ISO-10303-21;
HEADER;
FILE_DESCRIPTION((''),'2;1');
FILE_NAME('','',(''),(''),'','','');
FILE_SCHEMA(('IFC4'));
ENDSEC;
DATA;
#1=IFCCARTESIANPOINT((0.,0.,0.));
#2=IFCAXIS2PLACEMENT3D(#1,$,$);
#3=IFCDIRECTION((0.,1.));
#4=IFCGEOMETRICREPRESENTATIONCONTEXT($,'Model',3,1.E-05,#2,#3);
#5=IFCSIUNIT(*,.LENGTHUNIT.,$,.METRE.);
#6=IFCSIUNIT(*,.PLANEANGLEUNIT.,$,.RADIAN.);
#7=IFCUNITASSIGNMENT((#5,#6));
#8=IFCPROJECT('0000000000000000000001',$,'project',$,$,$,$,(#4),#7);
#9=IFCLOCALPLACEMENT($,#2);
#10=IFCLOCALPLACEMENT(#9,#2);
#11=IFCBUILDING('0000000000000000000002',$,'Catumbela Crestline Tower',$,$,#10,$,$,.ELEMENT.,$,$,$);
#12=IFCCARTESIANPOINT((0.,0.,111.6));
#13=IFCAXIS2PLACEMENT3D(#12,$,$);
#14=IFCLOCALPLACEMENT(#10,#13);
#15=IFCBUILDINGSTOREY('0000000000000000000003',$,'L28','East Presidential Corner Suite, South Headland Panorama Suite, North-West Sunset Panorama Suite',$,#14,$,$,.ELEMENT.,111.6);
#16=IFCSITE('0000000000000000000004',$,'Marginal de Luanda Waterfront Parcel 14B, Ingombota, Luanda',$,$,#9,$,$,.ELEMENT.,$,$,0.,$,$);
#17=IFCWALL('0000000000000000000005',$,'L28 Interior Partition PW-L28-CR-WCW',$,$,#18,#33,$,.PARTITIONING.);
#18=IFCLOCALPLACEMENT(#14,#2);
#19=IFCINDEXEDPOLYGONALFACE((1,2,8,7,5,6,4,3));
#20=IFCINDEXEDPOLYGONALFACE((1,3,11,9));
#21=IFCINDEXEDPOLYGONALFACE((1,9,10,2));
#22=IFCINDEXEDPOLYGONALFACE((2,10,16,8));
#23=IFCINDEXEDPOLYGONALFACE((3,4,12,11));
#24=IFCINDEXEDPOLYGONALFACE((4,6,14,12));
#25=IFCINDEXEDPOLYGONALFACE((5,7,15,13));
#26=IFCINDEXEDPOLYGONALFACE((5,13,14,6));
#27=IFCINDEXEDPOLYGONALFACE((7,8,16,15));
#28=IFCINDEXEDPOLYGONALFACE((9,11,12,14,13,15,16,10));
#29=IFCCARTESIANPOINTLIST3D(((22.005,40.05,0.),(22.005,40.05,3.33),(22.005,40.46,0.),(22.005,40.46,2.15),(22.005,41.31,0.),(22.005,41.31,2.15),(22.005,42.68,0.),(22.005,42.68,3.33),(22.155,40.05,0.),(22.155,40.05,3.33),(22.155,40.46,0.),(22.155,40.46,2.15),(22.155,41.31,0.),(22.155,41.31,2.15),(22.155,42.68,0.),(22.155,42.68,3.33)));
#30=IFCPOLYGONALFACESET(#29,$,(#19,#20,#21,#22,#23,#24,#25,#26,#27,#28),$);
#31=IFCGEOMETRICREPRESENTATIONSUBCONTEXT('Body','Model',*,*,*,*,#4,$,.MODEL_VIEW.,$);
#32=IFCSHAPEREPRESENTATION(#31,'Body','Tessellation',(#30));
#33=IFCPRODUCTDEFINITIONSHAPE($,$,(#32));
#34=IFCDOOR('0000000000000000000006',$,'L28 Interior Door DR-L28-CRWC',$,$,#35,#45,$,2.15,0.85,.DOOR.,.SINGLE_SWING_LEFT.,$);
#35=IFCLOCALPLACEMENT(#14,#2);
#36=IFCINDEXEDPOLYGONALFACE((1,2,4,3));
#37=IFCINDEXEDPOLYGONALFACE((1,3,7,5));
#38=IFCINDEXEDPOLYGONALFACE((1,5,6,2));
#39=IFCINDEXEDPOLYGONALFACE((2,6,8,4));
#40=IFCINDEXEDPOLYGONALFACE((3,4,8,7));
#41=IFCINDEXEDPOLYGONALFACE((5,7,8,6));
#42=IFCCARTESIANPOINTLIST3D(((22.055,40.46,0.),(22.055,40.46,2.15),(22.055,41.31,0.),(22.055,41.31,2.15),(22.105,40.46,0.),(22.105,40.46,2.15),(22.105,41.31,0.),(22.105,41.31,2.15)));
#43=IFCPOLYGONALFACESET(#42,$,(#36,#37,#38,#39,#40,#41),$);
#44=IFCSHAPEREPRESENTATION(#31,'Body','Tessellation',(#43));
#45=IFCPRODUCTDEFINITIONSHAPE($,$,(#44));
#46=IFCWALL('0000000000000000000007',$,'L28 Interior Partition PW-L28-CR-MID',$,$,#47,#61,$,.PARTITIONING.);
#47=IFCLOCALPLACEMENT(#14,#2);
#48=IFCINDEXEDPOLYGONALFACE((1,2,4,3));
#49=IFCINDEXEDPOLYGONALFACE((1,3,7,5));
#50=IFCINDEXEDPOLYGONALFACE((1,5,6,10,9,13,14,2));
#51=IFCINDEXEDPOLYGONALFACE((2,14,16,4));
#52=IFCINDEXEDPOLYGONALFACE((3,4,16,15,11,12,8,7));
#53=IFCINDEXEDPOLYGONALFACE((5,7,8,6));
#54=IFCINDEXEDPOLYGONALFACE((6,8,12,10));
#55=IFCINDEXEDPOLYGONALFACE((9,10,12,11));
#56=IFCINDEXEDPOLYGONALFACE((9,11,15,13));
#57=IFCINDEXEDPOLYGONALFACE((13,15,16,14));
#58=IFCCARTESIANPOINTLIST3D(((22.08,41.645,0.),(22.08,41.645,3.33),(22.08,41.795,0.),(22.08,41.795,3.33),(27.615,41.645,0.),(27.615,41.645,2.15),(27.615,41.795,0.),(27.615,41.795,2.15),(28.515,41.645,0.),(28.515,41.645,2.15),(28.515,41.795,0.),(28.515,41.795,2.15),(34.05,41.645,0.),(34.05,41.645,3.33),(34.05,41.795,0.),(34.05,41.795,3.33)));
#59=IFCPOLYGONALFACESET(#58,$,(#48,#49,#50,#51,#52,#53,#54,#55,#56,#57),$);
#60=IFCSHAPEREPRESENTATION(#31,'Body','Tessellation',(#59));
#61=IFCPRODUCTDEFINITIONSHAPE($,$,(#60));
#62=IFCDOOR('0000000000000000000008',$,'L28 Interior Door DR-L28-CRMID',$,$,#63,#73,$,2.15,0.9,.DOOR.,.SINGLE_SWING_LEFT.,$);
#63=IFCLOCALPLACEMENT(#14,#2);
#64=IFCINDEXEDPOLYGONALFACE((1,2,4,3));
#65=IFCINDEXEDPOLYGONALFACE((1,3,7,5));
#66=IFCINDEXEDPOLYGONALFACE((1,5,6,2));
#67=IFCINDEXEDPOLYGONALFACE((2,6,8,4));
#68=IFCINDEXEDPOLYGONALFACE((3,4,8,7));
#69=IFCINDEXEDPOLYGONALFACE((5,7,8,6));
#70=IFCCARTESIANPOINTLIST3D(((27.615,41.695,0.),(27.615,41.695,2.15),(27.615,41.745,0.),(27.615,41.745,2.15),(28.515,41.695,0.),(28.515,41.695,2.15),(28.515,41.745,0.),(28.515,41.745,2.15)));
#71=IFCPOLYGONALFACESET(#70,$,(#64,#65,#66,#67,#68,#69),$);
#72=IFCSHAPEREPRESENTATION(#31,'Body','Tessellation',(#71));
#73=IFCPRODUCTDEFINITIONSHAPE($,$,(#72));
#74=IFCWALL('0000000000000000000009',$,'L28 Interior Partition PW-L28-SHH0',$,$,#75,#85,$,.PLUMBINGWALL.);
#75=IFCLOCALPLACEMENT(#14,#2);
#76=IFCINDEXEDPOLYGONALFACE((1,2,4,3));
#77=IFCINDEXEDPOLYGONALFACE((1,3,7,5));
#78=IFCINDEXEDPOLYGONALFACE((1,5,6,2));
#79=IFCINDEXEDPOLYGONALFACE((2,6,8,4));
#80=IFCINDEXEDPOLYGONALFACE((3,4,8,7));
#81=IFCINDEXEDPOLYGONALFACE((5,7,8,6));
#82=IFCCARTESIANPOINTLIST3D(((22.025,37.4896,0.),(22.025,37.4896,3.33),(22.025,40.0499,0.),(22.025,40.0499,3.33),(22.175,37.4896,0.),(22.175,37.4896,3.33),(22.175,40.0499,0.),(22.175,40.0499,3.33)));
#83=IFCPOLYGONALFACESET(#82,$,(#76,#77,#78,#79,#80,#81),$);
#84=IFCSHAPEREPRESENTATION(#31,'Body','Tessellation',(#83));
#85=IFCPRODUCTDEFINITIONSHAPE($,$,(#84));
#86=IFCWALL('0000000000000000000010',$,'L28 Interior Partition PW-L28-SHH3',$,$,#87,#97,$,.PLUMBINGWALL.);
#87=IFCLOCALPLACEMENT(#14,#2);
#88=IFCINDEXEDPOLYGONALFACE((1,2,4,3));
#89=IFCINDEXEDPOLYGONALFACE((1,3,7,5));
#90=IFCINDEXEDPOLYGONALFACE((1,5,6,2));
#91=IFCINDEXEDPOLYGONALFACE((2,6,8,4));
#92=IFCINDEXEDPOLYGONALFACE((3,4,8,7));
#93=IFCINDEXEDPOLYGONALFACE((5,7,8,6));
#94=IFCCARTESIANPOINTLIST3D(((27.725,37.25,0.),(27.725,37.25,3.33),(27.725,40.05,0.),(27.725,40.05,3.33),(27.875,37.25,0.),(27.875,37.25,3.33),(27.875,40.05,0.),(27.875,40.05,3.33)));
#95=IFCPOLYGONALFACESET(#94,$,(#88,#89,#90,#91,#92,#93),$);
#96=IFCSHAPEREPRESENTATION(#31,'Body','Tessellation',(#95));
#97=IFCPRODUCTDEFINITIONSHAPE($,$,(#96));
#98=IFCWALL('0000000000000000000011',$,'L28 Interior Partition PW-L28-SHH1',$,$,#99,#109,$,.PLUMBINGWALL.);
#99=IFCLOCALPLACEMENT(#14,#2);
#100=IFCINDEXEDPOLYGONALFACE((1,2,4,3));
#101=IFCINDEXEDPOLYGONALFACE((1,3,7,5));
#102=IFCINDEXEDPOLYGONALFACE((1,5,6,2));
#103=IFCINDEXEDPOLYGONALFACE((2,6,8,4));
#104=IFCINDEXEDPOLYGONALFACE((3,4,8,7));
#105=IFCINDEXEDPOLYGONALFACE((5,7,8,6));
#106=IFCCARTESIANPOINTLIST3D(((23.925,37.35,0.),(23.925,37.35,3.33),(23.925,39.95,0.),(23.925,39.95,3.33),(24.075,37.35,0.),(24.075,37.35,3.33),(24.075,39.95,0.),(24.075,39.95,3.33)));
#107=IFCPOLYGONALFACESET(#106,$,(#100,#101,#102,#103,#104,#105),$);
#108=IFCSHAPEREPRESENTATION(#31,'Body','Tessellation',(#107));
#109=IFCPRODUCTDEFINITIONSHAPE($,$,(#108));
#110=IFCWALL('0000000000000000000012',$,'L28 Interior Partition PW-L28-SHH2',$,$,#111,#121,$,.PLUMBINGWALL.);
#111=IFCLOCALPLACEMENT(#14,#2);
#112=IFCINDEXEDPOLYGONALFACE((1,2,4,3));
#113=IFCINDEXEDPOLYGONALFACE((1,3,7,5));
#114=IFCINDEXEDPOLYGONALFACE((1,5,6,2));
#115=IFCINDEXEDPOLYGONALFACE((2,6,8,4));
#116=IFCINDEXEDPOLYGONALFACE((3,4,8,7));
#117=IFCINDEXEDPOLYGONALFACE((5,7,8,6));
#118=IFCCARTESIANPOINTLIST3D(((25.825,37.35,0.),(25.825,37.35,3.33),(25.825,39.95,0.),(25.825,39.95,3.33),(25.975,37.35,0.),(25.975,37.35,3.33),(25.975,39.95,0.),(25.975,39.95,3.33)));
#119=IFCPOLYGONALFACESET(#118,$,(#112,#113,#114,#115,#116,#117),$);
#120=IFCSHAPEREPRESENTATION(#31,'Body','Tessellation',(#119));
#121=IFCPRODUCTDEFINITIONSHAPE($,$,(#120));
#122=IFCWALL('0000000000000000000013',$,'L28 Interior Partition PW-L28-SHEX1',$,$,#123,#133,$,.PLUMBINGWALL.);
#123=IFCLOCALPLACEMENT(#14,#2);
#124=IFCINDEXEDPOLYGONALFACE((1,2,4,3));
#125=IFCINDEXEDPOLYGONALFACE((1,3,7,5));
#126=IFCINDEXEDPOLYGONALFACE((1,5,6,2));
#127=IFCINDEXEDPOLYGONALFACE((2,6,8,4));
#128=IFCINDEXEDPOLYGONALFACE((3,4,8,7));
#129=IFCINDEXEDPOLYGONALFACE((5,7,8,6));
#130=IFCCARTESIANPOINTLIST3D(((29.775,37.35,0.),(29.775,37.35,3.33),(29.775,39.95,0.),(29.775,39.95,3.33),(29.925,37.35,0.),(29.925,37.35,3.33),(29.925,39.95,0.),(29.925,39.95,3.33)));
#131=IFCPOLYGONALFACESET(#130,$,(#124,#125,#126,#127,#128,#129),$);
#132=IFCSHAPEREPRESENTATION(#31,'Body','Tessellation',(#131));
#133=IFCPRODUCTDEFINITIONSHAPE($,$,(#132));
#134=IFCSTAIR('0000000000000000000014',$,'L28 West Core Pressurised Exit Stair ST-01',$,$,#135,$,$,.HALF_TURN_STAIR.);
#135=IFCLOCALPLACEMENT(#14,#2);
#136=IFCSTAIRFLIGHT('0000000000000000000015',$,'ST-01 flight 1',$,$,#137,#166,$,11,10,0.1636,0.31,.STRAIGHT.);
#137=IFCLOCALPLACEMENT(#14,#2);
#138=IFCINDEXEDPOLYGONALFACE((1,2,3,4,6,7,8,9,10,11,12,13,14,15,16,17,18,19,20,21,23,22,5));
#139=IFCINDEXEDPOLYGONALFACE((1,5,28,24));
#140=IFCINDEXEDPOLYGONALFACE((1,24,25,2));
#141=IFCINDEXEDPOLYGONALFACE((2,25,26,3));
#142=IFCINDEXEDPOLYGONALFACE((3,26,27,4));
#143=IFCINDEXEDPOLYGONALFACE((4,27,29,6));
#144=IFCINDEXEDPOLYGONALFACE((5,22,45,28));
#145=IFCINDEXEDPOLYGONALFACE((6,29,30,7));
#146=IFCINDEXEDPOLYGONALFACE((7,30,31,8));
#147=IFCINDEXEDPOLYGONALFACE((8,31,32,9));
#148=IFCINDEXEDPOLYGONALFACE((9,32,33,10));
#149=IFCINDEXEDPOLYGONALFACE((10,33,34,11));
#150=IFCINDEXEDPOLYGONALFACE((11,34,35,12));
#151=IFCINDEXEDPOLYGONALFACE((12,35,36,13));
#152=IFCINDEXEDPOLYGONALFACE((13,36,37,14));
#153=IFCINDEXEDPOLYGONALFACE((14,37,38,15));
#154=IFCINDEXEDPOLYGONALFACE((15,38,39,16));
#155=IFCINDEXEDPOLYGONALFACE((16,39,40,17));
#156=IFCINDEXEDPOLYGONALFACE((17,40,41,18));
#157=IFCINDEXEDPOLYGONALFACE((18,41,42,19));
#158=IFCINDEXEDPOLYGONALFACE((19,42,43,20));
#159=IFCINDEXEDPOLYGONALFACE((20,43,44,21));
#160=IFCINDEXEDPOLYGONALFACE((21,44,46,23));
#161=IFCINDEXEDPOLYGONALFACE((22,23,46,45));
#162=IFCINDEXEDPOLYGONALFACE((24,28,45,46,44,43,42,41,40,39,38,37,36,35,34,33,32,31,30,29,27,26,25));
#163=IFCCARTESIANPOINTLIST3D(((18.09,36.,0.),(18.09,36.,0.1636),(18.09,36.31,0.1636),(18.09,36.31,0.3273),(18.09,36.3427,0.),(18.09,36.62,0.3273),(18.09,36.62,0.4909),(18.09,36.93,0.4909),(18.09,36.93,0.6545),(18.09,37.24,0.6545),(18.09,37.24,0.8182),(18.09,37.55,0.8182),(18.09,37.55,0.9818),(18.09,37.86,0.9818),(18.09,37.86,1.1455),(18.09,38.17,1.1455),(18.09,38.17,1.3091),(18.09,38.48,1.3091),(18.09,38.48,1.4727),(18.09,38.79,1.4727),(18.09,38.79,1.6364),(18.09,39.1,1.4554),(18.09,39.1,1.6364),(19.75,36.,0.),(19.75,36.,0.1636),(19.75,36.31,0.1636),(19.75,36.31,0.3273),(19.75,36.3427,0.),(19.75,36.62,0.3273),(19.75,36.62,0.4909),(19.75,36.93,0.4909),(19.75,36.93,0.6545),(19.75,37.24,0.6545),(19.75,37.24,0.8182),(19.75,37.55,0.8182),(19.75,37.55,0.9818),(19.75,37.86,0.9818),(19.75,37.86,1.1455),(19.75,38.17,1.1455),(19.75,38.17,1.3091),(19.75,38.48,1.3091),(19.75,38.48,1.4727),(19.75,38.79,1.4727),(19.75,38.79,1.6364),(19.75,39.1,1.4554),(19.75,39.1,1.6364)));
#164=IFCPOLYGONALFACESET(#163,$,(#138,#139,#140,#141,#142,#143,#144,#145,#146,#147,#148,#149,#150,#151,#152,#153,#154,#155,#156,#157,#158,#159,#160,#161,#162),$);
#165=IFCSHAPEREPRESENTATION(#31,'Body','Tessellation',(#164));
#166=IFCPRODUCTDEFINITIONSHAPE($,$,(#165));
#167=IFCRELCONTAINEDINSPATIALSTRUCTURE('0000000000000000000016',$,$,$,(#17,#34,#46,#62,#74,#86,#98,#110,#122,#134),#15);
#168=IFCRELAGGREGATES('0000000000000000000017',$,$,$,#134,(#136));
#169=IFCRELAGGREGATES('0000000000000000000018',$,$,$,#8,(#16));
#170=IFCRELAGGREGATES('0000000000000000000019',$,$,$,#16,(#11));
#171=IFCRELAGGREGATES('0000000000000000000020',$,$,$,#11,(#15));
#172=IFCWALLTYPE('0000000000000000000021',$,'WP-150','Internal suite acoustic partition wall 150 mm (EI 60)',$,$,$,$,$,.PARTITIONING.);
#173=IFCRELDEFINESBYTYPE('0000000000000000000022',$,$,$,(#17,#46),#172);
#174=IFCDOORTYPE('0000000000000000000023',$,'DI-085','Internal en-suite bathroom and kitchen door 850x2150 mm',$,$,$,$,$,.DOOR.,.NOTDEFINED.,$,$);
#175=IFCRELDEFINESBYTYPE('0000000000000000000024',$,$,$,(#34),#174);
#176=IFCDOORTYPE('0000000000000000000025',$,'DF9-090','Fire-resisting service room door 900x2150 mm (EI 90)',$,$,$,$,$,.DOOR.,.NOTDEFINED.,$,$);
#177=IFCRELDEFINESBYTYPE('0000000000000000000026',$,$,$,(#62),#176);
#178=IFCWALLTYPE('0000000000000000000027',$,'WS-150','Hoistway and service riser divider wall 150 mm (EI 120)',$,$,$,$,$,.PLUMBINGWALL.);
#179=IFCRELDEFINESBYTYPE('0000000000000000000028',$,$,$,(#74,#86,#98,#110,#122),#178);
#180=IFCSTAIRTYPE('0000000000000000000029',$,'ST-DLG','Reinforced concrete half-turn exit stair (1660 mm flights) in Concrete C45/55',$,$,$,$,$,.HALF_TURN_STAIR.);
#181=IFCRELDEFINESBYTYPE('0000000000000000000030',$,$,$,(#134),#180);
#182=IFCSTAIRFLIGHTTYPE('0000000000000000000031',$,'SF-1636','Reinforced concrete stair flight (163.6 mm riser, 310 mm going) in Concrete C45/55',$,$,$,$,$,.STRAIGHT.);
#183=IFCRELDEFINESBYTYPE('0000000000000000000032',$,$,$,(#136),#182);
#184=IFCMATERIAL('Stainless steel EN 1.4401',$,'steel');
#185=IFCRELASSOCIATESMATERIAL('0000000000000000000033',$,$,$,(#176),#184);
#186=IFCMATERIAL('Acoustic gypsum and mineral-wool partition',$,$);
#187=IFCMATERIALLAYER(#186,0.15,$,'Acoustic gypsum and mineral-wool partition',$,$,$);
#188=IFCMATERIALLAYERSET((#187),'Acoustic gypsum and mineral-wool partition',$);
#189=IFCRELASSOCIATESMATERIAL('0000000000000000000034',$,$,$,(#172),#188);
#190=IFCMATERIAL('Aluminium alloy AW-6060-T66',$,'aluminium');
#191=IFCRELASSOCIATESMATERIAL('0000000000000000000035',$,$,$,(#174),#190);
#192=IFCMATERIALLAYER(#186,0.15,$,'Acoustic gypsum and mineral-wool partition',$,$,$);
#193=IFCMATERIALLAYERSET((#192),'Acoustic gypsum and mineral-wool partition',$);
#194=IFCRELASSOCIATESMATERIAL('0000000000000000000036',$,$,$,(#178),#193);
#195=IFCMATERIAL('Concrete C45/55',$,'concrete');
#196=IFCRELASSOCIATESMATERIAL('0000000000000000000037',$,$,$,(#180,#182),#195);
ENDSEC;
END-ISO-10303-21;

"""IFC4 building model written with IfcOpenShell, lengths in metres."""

from ifc_helpers import new_model, si_unit, direction, frame, frame_2d, origin, place, context, subcontext, project, spatial, polyline, rectangle, outline, extrude, material, layer, layer_set, type_object, element, fill, aggregate, save


model = new_model("IFC4")

# Units and contexts
model_context = context("Model", 3, precision=1e-05, world=origin(), true_north=direction((0.0, 1.0)))
body_context = subcontext(model_context, "Body", "Model", "MODEL_VIEW")
ifc_project = project(units=[si_unit("LENGTHUNIT", "METRE"), si_unit("PLANEANGLEUNIT", "RADIAN")], contexts=[model_context])

# Site, building, storey
site_placement = place(None, origin())
site = spatial("IfcSite", under=ifc_project, at=site_placement, Name="Marginal de Luanda Waterfront Parcel 14B, Ingombota, Luanda", CompositionType="ELEMENT", RefElevation=0.0)
building_placement = place(site_placement, origin())
building = spatial("IfcBuilding", under=site, at=building_placement, Name="Catumbela Crestline Tower", CompositionType="ELEMENT")
storey_placement = place(building_placement, frame((0.0, 0.0, 111.6)))
storey = spatial("IfcBuildingStorey", under=building, at=storey_placement, Name="L28", Description="East Presidential Corner Suite, South Headland Panorama Suite, North-West Sunset Panorama Suite", CompositionType="ELEMENT", Elevation=111.6)

# Shared definitions
ifc_material_1 = material(Name="Aluminium alloy AW-6060-T66", Category="aluminium")

# Shared definitions
ifc_material_2 = material(Name="Stainless steel EN 1.4401", Category="steel")

# Shared definitions
door_type_1 = type_object("IfcDoorType", Name="DF9-090", Description="Fire-resisting service room door 900x2150 mm (EI 90)", OperationType="NOTDEFINED", PredefinedType="DOOR", material=ifc_material_2)

# Walls, openings, doors
ifc_material_3 = material(Name="Acoustic gypsum and mineral-wool partition")
ifc_layer_1 = layer(ifc_material_3, 0.15, Name="Acoustic gypsum and mineral-wool partition")
ifc_layer_set_1 = layer_set([ifc_layer_1], Name="Acoustic gypsum and mineral-wool partition")
wall_type_1 = type_object("IfcWallType", Name="WP-150", Description="Internal suite acoustic partition wall 150 mm (EI 60)", PredefinedType="PARTITIONING", material=ifc_layer_set_1)
wall_1_placement = place(storey_placement, frame((22.08, 40.05, 0.0), z_axis=(0.0, 0.0, 1.0), x_axis=(0.0, 1.0, 0.0)))
wall_1 = element("IfcWall", 1, at=wall_1_placement, inside=storey, type_object=wall_type_1, Name="L28 Interior Partition PW-L28-CR-WCW", PredefinedType="PARTITIONING", context=body_context, shape_type="SweptSolid", body=[
    extrude(rectangle(XDim=2.63, YDim=0.15, at=frame_2d((1.315, 0.0))), origin(), (0.0, 0.0, 1.0), 3.33),
])
opening_1_placement = place(wall_1_placement, frame((0.41, 0.0, 0.0)))
opening_1 = element("IfcOpeningElement", 2, at=opening_1_placement, cuts=wall_1, PredefinedType="OPENING", context=body_context, shape_type="SweptSolid", body=[
    extrude(rectangle(XDim=0.85, YDim=2.15, at=frame_2d((0.425, 1.075))), frame((0.0, 0.085, 0.0), z_axis=(0.0, -1.0, 0.0), x_axis=(1.0, 0.0, 0.0)), (0.0, 0.0, 1.0), 0.17),
])
door_type_2 = type_object("IfcDoorType", Name="DI-085", Description="Internal en-suite bathroom and kitchen door 850x2150 mm", OperationType="NOTDEFINED", PredefinedType="DOOR", material=ifc_material_1)
door_1_placement = place(opening_1_placement, origin())
door_1 = element("IfcDoor", 3, at=door_1_placement, inside=storey, type_object=door_type_2, Name="L28 Interior Door DR-L28-CRWC", OperationType="SINGLE_SWING_LEFT", OverallHeight=2.15, OverallWidth=0.85, PredefinedType="DOOR", context=body_context, shape_type="SweptSolid", body=[
    extrude(rectangle(XDim=0.85, YDim=2.15, at=frame_2d((0.425, 1.075))), frame((0.0, 0.025, 0.0), z_axis=(0.0, -1.0, 0.0), x_axis=(1.0, 0.0, 0.0)), (0.0, 0.0, 1.0), 0.05),
])
fill(opening_1, door_1)
wall_2_placement = place(storey_placement, frame((22.08, 41.72, 0.0), z_axis=(0.0, 0.0, 1.0), x_axis=(1.0, 0.0, 0.0)))
wall_2 = element("IfcWall", 4, at=wall_2_placement, inside=storey, type_object=wall_type_1, Name="L28 Interior Partition PW-L28-CR-MID", PredefinedType="PARTITIONING", context=body_context, shape_type="SweptSolid", body=[
    extrude(rectangle(XDim=11.97, YDim=0.15, at=frame_2d((5.985, 0.0))), origin(), (0.0, 0.0, 1.0), 3.33),
])
opening_2_placement = place(wall_2_placement, frame((5.535, 0.0, 0.0)))
opening_2 = element("IfcOpeningElement", 5, at=opening_2_placement, cuts=wall_2, PredefinedType="OPENING", context=body_context, shape_type="SweptSolid", body=[
    extrude(rectangle(XDim=0.9, YDim=2.15, at=frame_2d((0.45, 1.075))), frame((0.0, 0.085, 0.0), z_axis=(0.0, -1.0, 0.0), x_axis=(1.0, 0.0, 0.0)), (0.0, 0.0, 1.0), 0.17),
])
door_2_placement = place(opening_2_placement, origin())
door_2 = element("IfcDoor", 6, at=door_2_placement, inside=storey, type_object=door_type_1, Name="L28 Interior Door DR-L28-CRMID", OperationType="SINGLE_SWING_LEFT", OverallHeight=2.15, OverallWidth=0.9, PredefinedType="DOOR", context=body_context, shape_type="SweptSolid", body=[
    extrude(rectangle(XDim=0.9, YDim=2.15, at=frame_2d((0.45, 1.075))), frame((0.0, 0.025, 0.0), z_axis=(0.0, -1.0, 0.0), x_axis=(1.0, 0.0, 0.0)), (0.0, 0.0, 1.0), 0.05),
])
fill(opening_2, door_2)

# Walls
ifc_layer_2 = layer(ifc_material_3, 0.15, Name="Acoustic gypsum and mineral-wool partition")
ifc_layer_set_2 = layer_set([ifc_layer_2], Name="Acoustic gypsum and mineral-wool partition")
wall_type_2 = type_object("IfcWallType", Name="WS-150", Description="Hoistway and service riser divider wall 150 mm (EI 120)", PredefinedType="PLUMBINGWALL", material=ifc_layer_set_2)
wall_3_placement = place(storey_placement, frame((22.1, 37.4897, 0.0), z_axis=(0.0, 0.0, 1.0), x_axis=(0.0, 1.0, 0.0)))
element("IfcWall", 7, at=wall_3_placement, inside=storey, type_object=wall_type_2, Name="L28 Interior Partition PW-L28-SHH0", PredefinedType="PLUMBINGWALL", context=body_context, shape_type="SweptSolid", body=[
    extrude(rectangle(XDim=2.5603, YDim=0.15, at=frame_2d((1.2801, 0.0))), origin(), (0.0, 0.0, 1.0), 3.33),
])
wall_4_placement = place(storey_placement, frame((27.8, 37.25, 0.0), z_axis=(0.0, 0.0, 1.0), x_axis=(0.0, 1.0, 0.0)))
element("IfcWall", 8, at=wall_4_placement, inside=storey, type_object=wall_type_2, Name="L28 Interior Partition PW-L28-SHH3", PredefinedType="PLUMBINGWALL", context=body_context, shape_type="SweptSolid", body=[
    extrude(rectangle(XDim=2.8, YDim=0.15, at=frame_2d((1.4, 0.0))), origin(), (0.0, 0.0, 1.0), 3.33),
])
for number, where, z_axis, x_axis, name in (
    (9, (24.0, 37.35, 0.0), (0.0, 0.0, 1.0), (0.0, 1.0, 0.0), "L28 Interior Partition PW-L28-SHH1"),
    (10, (25.9, 37.35, 0.0), (0.0, 0.0, 1.0), (0.0, 1.0, 0.0), "L28 Interior Partition PW-L28-SHH2"),
    (11, (29.85, 37.35, 0.0), (0.0, 0.0, 1.0), (0.0, 1.0, 0.0), "L28 Interior Partition PW-L28-SHEX1"),
):
    element("IfcWall", number, at=place(storey_placement, frame(where, z_axis=z_axis, x_axis=x_axis)), inside=storey, type_object=wall_type_2, Name=name, PredefinedType="PLUMBINGWALL", context=body_context, shape_type="SweptSolid", body=[
        extrude(rectangle(XDim=2.6, YDim=0.15, at=frame_2d((1.3, 0.0))), origin(), (0.0, 0.0, 1.0), 3.33),
    ])

# Stair, stair flight
ifc_material_4 = material(Name="Concrete C45/55", Category="concrete")
stair_type = type_object("IfcStairType", Name="ST-DLG", Description="Reinforced concrete half-turn exit stair (1660 mm flights) in Concrete C45/55", PredefinedType="HALF_TURN_STAIR", material=ifc_material_4)
stair_placement = place(storey_placement, origin())
stair = element("IfcStair", 12, at=stair_placement, inside=storey, type_object=stair_type, Name="L28 West Core Pressurised Exit Stair ST-01", PredefinedType="HALF_TURN_STAIR")
stair_flight_type = type_object("IfcStairFlightType", Name="SF-1636", Description="Reinforced concrete stair flight (163.6 mm riser, 310 mm going) in Concrete C45/55", PredefinedType="STRAIGHT", material=ifc_material_4)
stair_flight_placement = place(storey_placement, frame((18.92, 36.0, 0.0), z_axis=(0.0, 0.0, 1.0), x_axis=(0.0, 1.0, 0.0)))
stair_flight = element("IfcStairFlight", 13, at=stair_flight_placement, type_object=stair_flight_type, Name="ST-01 flight 1", NumberOfRisers=11, NumberOfTreads=10, PredefinedType="STRAIGHT", RiserHeight=0.1636, TreadLength=0.31, context=body_context, shape_type="SweptSolid", body=[
    extrude(outline(polyline([(0.0, 0.0), (0.0, 0.1636), (0.31, 0.1636), (0.31, 0.3273), (0.62, 0.3273), (0.62, 0.4909), (0.93, 0.4909), (0.93, 0.6545), (1.24, 0.6545), (1.24, 0.8182), (1.55, 0.8182), (1.55, 0.9818), (1.86, 0.9818), (1.86, 1.1455), (2.17, 1.1455), (2.17, 1.3091), (2.48, 1.3091), (2.48, 1.4727), (2.79, 1.4727), (2.79, 1.6364), (3.1, 1.6364), (3.1, 1.8), (3.1, 1.4554), (0.3427, 0.0), (0.0, 0.0)])), frame((0.0, 0.83, 0.0), z_axis=(0.0, -1.0, 0.0), x_axis=(1.0, 0.0, 0.0)), (0.0, 0.0, 1.0), 1.66),
])
aggregate(stair, [stair_flight])

save(model, "model.ifc")
